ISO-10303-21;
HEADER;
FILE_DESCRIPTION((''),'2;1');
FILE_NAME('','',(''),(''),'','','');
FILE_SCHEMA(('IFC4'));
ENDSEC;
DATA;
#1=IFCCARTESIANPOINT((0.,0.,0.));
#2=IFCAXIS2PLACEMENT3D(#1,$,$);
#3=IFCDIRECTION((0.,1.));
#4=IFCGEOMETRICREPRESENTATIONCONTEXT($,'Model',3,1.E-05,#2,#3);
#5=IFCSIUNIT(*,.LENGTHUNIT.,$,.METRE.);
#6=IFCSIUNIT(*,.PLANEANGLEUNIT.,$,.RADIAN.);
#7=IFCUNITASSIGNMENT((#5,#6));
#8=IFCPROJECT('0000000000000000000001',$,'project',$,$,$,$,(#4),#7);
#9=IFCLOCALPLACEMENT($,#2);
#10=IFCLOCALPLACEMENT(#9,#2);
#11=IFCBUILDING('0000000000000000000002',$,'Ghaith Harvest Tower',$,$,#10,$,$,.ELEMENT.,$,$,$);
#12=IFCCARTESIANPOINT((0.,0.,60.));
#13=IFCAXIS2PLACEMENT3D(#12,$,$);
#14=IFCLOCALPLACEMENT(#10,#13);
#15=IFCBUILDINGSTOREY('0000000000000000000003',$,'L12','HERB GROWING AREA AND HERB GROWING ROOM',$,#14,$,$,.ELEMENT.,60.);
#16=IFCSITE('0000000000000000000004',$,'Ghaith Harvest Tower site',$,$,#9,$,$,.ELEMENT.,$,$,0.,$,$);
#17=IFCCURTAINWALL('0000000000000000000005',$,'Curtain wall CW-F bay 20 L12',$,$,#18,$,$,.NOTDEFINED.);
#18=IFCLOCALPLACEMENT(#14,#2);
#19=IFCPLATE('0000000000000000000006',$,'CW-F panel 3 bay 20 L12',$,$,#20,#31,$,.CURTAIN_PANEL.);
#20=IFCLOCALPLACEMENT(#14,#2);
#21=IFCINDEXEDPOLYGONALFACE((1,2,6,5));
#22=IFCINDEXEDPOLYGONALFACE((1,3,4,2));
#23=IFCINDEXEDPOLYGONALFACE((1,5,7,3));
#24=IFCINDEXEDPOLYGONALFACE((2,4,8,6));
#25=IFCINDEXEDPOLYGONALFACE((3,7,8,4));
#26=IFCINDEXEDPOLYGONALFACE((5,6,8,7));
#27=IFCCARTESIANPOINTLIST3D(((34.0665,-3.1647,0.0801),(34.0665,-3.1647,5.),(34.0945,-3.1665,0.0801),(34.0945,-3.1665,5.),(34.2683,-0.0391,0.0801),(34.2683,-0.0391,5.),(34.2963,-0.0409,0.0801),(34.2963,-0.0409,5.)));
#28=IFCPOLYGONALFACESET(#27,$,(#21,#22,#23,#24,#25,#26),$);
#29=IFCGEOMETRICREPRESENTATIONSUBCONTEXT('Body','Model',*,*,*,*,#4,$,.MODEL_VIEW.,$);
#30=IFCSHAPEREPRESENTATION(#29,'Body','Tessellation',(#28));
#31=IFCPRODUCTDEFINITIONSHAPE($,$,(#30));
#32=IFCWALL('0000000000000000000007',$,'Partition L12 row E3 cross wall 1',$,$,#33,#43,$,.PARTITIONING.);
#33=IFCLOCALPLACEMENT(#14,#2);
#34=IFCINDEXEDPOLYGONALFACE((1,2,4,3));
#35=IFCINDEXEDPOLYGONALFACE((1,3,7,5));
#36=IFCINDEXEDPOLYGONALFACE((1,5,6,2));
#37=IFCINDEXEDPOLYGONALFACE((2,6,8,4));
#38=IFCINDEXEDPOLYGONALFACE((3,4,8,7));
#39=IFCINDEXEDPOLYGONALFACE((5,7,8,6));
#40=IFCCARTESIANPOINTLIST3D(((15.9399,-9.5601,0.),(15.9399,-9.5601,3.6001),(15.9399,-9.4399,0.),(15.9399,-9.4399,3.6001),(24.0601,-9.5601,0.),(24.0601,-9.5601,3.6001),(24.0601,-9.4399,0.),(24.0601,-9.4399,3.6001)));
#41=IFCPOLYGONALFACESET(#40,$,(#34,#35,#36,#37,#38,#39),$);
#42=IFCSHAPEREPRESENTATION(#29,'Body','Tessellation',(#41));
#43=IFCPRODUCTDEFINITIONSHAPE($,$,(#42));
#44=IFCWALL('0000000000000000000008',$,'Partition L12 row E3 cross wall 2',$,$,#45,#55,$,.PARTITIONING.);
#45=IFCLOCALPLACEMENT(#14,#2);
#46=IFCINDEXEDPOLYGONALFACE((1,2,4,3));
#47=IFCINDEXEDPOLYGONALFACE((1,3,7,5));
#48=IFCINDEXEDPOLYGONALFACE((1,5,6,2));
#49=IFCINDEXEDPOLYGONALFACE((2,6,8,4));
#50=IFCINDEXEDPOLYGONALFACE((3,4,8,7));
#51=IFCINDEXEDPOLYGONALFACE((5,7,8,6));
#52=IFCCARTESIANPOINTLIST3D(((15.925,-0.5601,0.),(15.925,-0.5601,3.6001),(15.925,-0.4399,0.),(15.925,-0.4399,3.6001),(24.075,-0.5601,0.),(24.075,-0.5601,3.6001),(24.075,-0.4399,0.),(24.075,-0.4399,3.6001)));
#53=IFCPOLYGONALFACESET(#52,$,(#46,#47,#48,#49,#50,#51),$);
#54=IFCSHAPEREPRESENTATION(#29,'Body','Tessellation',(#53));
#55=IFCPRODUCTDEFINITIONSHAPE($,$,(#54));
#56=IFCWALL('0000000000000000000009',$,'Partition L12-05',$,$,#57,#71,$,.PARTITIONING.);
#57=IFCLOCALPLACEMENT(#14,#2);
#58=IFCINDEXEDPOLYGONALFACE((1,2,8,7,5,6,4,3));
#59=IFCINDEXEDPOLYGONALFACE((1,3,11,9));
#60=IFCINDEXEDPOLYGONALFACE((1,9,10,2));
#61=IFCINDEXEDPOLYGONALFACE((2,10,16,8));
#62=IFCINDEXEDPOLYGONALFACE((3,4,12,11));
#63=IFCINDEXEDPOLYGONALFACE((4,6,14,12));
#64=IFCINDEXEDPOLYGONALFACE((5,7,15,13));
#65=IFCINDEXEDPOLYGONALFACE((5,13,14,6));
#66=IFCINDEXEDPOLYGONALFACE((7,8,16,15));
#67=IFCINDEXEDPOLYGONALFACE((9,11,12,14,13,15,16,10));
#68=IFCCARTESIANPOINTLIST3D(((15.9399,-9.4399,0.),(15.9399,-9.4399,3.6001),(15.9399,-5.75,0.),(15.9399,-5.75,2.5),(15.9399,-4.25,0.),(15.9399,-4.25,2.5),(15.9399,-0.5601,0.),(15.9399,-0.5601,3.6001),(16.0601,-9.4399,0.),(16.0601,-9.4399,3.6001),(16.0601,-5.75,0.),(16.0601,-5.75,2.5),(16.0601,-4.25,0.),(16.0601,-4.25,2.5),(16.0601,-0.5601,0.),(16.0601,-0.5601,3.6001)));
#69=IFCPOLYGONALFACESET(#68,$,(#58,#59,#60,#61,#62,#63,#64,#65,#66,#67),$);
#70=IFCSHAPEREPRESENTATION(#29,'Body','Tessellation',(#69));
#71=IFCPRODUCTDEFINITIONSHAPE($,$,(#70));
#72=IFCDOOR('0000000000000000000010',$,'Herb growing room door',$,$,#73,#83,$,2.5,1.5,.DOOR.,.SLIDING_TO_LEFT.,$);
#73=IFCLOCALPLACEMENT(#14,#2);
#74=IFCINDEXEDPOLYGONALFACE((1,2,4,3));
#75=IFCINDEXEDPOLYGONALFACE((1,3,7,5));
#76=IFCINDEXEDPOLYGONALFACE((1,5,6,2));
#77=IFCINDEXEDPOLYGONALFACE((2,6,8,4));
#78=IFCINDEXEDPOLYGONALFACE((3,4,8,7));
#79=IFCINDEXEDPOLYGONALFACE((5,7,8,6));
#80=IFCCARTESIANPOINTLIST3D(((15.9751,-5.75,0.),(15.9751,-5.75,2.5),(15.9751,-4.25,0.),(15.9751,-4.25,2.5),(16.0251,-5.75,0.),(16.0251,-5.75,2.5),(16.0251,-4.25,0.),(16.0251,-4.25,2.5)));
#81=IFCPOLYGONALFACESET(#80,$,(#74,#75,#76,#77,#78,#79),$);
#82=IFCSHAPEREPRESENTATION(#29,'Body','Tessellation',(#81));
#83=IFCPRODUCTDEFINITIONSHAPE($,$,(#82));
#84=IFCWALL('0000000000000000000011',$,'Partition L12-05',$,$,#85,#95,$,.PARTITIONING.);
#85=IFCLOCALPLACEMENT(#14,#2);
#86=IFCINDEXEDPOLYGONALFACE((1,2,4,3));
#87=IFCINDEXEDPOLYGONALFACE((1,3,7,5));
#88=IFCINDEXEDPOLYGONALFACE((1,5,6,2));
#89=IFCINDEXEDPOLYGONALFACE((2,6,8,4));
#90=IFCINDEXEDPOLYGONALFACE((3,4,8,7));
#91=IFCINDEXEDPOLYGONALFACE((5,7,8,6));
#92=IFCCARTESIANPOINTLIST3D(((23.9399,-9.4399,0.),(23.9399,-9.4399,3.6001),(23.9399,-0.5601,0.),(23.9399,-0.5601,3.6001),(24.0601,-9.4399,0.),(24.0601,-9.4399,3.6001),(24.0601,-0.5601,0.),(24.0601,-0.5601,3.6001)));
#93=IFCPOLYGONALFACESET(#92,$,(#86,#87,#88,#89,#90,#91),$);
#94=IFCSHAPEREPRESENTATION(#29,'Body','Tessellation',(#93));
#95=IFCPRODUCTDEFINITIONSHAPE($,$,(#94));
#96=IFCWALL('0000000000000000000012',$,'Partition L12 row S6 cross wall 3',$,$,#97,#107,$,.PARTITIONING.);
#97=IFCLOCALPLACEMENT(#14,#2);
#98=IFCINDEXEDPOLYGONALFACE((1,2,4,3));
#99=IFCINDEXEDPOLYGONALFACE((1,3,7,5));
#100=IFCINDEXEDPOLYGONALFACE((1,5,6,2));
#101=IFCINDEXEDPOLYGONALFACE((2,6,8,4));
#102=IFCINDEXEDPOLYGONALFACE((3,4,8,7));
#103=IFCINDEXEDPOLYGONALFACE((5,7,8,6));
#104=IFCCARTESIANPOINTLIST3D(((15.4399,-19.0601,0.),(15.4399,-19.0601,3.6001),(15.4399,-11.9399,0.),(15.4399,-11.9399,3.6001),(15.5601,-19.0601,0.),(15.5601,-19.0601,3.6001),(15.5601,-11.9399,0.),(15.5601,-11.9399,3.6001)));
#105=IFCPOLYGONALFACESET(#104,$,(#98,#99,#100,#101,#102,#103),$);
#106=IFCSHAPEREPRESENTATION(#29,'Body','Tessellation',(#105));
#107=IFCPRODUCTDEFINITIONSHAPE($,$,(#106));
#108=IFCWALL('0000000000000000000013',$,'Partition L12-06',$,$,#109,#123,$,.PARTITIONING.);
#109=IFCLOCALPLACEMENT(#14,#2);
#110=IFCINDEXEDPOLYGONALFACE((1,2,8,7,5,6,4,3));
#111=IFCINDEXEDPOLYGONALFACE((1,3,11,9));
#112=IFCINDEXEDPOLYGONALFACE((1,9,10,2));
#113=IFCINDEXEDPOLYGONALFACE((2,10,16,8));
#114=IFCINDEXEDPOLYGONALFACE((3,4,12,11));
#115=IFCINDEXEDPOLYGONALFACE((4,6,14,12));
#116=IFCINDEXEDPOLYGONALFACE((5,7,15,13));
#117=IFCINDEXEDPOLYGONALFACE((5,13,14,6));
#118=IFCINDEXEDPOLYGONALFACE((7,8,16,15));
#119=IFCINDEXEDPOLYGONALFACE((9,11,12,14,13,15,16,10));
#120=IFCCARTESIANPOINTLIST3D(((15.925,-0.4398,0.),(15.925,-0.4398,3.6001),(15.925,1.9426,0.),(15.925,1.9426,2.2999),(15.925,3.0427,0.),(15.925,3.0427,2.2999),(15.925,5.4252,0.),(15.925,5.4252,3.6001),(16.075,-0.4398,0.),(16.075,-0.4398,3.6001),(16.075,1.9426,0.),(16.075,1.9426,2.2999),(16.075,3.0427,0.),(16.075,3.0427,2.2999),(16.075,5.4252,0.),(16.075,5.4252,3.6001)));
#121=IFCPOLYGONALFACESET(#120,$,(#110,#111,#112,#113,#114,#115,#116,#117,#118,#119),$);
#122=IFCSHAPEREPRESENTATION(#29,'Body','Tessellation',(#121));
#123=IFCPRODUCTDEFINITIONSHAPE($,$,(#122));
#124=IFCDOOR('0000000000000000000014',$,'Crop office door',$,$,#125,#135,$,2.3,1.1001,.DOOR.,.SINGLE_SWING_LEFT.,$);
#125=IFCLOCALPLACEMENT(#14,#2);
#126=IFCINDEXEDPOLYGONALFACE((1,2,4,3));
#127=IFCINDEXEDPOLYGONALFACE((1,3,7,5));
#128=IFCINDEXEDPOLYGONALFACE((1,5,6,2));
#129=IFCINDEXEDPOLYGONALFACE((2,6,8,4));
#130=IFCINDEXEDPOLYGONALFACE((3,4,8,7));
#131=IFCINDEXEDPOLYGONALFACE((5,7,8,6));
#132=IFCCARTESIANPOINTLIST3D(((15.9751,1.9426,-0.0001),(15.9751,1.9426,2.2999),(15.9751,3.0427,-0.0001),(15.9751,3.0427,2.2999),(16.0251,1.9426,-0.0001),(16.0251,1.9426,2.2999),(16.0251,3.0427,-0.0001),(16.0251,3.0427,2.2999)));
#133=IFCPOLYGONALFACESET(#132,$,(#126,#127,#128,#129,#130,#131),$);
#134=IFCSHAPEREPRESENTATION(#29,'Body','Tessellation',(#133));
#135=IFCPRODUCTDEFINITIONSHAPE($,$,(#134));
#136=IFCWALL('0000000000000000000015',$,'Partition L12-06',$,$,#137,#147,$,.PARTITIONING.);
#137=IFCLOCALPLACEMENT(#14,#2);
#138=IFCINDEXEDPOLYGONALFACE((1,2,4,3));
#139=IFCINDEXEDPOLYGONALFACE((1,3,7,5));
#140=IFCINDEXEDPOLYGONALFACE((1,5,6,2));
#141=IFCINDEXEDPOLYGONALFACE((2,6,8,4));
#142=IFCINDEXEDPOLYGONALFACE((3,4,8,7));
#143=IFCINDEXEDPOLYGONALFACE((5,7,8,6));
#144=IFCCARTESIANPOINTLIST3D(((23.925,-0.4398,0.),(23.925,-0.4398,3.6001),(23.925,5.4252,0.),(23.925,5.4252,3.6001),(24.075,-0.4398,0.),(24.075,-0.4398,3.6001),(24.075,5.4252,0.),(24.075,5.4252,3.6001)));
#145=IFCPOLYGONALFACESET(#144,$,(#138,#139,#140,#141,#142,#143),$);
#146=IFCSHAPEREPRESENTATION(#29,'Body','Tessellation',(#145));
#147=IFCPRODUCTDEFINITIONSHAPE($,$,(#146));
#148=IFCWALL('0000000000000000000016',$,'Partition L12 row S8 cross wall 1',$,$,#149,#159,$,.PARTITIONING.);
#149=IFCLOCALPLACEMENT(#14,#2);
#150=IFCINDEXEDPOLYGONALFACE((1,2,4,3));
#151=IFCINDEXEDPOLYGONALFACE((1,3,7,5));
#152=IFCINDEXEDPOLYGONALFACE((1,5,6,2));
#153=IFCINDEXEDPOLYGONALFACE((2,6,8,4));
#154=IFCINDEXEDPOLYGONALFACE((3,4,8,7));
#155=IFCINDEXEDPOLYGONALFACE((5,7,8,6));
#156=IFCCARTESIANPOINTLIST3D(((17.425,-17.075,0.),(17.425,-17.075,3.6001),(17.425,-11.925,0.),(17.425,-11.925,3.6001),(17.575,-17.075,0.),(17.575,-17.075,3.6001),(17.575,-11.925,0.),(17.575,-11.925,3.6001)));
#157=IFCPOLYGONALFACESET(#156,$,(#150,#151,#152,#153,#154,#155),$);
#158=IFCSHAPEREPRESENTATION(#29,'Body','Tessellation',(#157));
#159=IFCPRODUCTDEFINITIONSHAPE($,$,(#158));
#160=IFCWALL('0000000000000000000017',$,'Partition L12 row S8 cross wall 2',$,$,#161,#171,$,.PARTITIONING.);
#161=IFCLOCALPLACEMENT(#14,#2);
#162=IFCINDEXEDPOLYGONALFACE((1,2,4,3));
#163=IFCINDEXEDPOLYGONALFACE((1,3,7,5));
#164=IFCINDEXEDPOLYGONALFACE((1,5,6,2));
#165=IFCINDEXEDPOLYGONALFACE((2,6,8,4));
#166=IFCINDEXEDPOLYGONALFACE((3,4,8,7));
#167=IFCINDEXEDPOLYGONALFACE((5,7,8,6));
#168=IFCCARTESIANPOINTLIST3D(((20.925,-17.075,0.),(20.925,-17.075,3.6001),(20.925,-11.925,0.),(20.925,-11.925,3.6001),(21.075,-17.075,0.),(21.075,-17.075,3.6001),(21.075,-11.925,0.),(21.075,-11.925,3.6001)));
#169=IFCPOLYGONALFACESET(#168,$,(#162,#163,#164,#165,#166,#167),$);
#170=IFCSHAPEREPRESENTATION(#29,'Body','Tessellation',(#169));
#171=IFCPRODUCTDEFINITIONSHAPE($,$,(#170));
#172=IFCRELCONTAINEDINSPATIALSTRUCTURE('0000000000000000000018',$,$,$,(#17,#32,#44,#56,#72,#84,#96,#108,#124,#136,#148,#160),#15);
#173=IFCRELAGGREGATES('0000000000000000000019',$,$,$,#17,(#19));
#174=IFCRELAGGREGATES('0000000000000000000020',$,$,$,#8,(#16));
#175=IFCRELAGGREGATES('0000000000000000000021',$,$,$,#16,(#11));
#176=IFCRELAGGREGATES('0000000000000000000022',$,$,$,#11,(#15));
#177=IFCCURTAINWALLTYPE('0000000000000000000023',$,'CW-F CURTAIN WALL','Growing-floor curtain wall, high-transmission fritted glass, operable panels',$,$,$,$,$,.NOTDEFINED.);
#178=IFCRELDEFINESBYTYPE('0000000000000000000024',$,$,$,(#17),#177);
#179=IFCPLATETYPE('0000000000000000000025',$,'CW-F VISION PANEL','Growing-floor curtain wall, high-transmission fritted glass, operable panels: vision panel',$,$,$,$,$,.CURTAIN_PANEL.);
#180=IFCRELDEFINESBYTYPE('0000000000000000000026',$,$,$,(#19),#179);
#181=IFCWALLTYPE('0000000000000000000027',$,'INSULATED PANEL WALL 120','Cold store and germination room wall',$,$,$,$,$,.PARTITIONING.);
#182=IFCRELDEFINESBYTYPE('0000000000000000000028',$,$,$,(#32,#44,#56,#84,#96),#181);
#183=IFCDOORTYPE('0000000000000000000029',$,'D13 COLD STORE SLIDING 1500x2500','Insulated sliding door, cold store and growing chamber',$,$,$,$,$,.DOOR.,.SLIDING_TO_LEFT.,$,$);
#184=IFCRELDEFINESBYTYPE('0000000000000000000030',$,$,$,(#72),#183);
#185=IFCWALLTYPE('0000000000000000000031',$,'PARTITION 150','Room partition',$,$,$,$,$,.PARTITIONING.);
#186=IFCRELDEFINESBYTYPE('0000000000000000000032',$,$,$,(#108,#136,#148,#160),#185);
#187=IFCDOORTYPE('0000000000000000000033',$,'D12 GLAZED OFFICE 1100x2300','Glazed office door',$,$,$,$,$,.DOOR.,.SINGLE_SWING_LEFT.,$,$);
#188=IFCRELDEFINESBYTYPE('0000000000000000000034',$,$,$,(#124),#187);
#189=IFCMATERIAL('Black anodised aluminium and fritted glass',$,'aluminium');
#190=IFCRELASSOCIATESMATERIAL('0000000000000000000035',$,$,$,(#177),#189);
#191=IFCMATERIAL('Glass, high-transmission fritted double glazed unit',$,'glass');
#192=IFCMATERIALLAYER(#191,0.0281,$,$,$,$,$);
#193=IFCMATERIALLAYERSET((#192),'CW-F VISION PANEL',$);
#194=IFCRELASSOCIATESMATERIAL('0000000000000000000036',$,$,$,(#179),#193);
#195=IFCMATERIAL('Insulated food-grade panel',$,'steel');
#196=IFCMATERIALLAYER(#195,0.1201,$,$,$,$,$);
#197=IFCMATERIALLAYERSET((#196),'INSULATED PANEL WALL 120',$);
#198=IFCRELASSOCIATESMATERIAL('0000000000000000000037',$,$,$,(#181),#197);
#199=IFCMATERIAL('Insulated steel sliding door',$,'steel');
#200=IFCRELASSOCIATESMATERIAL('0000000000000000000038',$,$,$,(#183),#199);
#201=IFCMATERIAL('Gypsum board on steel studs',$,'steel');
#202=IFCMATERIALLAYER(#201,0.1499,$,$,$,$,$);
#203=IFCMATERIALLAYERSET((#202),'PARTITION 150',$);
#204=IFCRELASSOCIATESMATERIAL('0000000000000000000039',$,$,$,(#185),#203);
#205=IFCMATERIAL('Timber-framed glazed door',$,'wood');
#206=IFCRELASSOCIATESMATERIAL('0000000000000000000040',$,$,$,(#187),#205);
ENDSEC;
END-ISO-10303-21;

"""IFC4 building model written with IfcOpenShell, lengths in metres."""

from ifc_helpers import new_model, si_unit, direction, frame, frame_2d, origin, origin_2d, place, context, subcontext, project, spatial, rectangle, extrude, material, layer, layer_set, type_object, element, fill, aggregate, save


model = new_model("IFC4")

# Units and contexts
model_context = context("Model", 3, precision=1e-05, world=origin(), true_north=direction((0.0, 1.0)))
body_context = subcontext(model_context, "Body", "Model", "MODEL_VIEW")
ifc_project = project(units=[si_unit("LENGTHUNIT", "METRE"), si_unit("PLANEANGLEUNIT", "RADIAN")], contexts=[model_context])

# Site, building, storey
site_placement = place(None, origin())
site = spatial("IfcSite", under=ifc_project, at=site_placement, Name="Ghaith Harvest Tower site", CompositionType="ELEMENT", RefElevation=0.0)
building_placement = place(site_placement, origin())
building = spatial("IfcBuilding", under=site, at=building_placement, Name="Ghaith Harvest Tower", CompositionType="ELEMENT")
storey_placement = place(building_placement, frame((0.0, 0.0, 60.0)))
storey = spatial("IfcBuildingStorey", under=building, at=storey_placement, Name="L12", Description="HERB GROWING AREA AND HERB GROWING ROOM", CompositionType="ELEMENT", Elevation=60.0)

# Shared definitions
ifc_material_1 = material(Name="Black anodised aluminium and fritted glass", Category="aluminium")
curtain_wall_type = type_object("IfcCurtainWallType", Name="CW-F CURTAIN WALL", Description="Growing-floor curtain wall, high-transmission fritted glass, operable panels", PredefinedType="NOTDEFINED", material=ifc_material_1)

# Curtain wall
curtain_wall_1_placement = place(storey_placement, origin())
curtain_wall_1 = element("IfcCurtainWall", 1, at=curtain_wall_1_placement, inside=storey, type_object=curtain_wall_type, Name="Curtain wall CW-F bay 20 L12", PredefinedType="NOTDEFINED")

# Plate
ifc_material_2 = material(Name="Glass, high-transmission fritted double glazed unit", Category="glass")
ifc_layer_1 = layer(ifc_material_2, 0.0281)
ifc_layer_set_1 = layer_set([ifc_layer_1], Name="CW-F VISION PANEL")
plate_type = type_object("IfcPlateType", Name="CW-F VISION PANEL", Description="Growing-floor curtain wall, high-transmission fritted glass, operable panels: vision panel", PredefinedType="CURTAIN_PANEL", material=ifc_layer_set_1)
plate_1_placement = place(storey_placement, frame((34.1814, -1.6028, 0.0801), z_axis=(0.0, 0.0, 1.0), x_axis=(0.064446, 0.997921, 0.0)))
plate_1 = element("IfcPlate", 2, at=plate_1_placement, type_object=plate_type, Name="CW-F panel 3 bay 20 L12", PredefinedType="CURTAIN_PANEL", context=body_context, shape_type="SweptSolid", body=[
    extrude(rectangle(XDim=3.1321, YDim=0.0281, at=origin_2d()), origin(), (0.0, 0.0, 1.0), 4.9199),
])
aggregate(curtain_wall_1, [plate_1])

# Walls
ifc_material_3 = material(Name="Insulated food-grade panel", Category="steel")
ifc_layer_2 = layer(ifc_material_3, 0.1201)
ifc_layer_set_2 = layer_set([ifc_layer_2], Name="INSULATED PANEL WALL 120")
wall_type_1 = type_object("IfcWallType", Name="INSULATED PANEL WALL 120", Description="Cold store and germination room wall", PredefinedType="PARTITIONING", material=ifc_layer_set_2)
wall_1_placement = place(storey_placement, frame((15.9399, -9.5, 0.0), z_axis=(0.0, 0.0, 1.0), x_axis=(1.0, 0.0, 0.0)))
element("IfcWall", 3, at=wall_1_placement, inside=storey, type_object=wall_type_1, Name="Partition L12 row E3 cross wall 1", PredefinedType="PARTITIONING", context=body_context, shape_type="SweptSolid", body=[
    extrude(rectangle(XDim=8.1201, YDim=0.1201, at=frame_2d((4.0601, 0.0))), origin(), (0.0, 0.0, 1.0), 3.6001),
])
wall_2_placement = place(storey_placement, frame((15.925, -0.5, 0.0), z_axis=(0.0, 0.0, 1.0), x_axis=(1.0, 0.0, 0.0)))
element("IfcWall", 4, at=wall_2_placement, inside=storey, type_object=wall_type_1, Name="Partition L12 row E3 cross wall 2", PredefinedType="PARTITIONING", context=body_context, shape_type="SweptSolid", body=[
    extrude(rectangle(XDim=8.1499, YDim=0.1201, at=frame_2d((4.075, 0.0))), origin(), (0.0, 0.0, 1.0), 3.6001),
])

# Wall, opening, door
wall_3_placement = place(storey_placement, frame((16.0, -9.4399, 0.0), z_axis=(0.0, 0.0, 1.0), x_axis=(0.0, 1.0, 0.0)))
wall_3 = element("IfcWall", 5, at=wall_3_placement, inside=storey, type_object=wall_type_1, Name="Partition L12-05", PredefinedType="PARTITIONING", context=body_context, shape_type="SweptSolid", body=[
    extrude(rectangle(XDim=8.8799, YDim=0.1201, at=frame_2d((4.4399, 0.0))), origin(), (0.0, 0.0, 1.0), 3.6001),
])
opening_1_placement = place(wall_3_placement, frame((3.6899, 0.0, 0.0)))
opening_1 = element("IfcOpeningElement", 6, at=opening_1_placement, cuts=wall_3, PredefinedType="OPENING", context=body_context, shape_type="SweptSolid", body=[
    extrude(rectangle(XDim=1.5, YDim=2.5, at=frame_2d((0.75, 1.25))), frame((0.0, 0.0701, 0.0), z_axis=(0.0, -1.0, 0.0), x_axis=(1.0, 0.0, 0.0)), (0.0, 0.0, 1.0), 0.1401),
])
ifc_material_4 = material(Name="Insulated steel sliding door", Category="steel")
door_type_1 = type_object("IfcDoorType", Name="D13 COLD STORE SLIDING 1500x2500", Description="Insulated sliding door, cold store and growing chamber", OperationType="SLIDING_TO_LEFT", PredefinedType="DOOR", material=ifc_material_4)
door_1_placement = place(opening_1_placement, origin())
door_1 = element("IfcDoor", 7, at=door_1_placement, inside=storey, type_object=door_type_1, Name="Herb growing room door", OperationType="SLIDING_TO_LEFT", OverallHeight=2.5, OverallWidth=1.5, PredefinedType="DOOR", context=body_context, shape_type="SweptSolid", body=[
    extrude(rectangle(XDim=1.5, YDim=2.5, at=frame_2d((0.75, 1.25))), frame((0.0, 0.0249, 0.0), z_axis=(0.0, -1.0, 0.0), x_axis=(1.0, 0.0, 0.0)), (0.0, 0.0, 1.0), 0.05),
])
fill(opening_1, door_1)

# Walls
wall_4_placement = place(storey_placement, frame((24.0, -9.4399, 0.0), z_axis=(0.0, 0.0, 1.0), x_axis=(0.0, 1.0, 0.0)))
element("IfcWall", 8, at=wall_4_placement, inside=storey, type_object=wall_type_1, Name="Partition L12-05", PredefinedType="PARTITIONING", context=body_context, shape_type="SweptSolid", body=[
    extrude(rectangle(XDim=8.8799, YDim=0.1201, at=frame_2d((4.4399, 0.0))), origin(), (0.0, 0.0, 1.0), 3.6001),
])
wall_5_placement = place(storey_placement, frame((15.5, -11.9399, 0.0), z_axis=(0.0, 0.0, 1.0), x_axis=(0.0, -1.0, 0.0)))
element("IfcWall", 9, at=wall_5_placement, inside=storey, type_object=wall_type_1, Name="Partition L12 row S6 cross wall 3", PredefinedType="PARTITIONING", context=body_context, shape_type="SweptSolid", body=[
    extrude(rectangle(XDim=7.1201, YDim=0.1201, at=frame_2d((3.5601, 0.0))), origin(), (0.0, 0.0, 1.0), 3.6001),
])

# Wall, opening, door
ifc_material_5 = material(Name="Gypsum board on steel studs", Category="steel")
ifc_layer_3 = layer(ifc_material_5, 0.1499)
ifc_layer_set_3 = layer_set([ifc_layer_3], Name="PARTITION 150")
wall_type_2 = type_object("IfcWallType", Name="PARTITION 150", Description="Room partition", PredefinedType="PARTITIONING", material=ifc_layer_set_3)
wall_6_placement = place(storey_placement, frame((16.0, -0.4399, 0.0), z_axis=(0.0, 0.0, 1.0), x_axis=(0.0, 1.0, 0.0)))
wall_6 = element("IfcWall", 10, at=wall_6_placement, inside=storey, type_object=wall_type_2, Name="Partition L12-06", PredefinedType="PARTITIONING", context=body_context, shape_type="SweptSolid", body=[
    extrude(rectangle(XDim=5.865, YDim=0.1499, at=frame_2d((2.9326, 0.0))), origin(), (0.0, 0.0, 1.0), 3.6001),
])
opening_2_placement = place(wall_6_placement, frame((2.3826, 0.0, 0.0)))
opening_2 = element("IfcOpeningElement", 11, at=opening_2_placement, cuts=wall_6, PredefinedType="OPENING", context=body_context, shape_type="SweptSolid", body=[
    extrude(rectangle(XDim=1.1001, YDim=2.3, at=frame_2d((0.55, 1.1499))), frame((0.0, 0.085, 0.0), z_axis=(0.0, -1.0, 0.0), x_axis=(1.0, 0.0, 0.0)), (0.0, 0.0, 1.0), 0.1699),
])
ifc_material_6 = material(Name="Timber-framed glazed door", Category="wood")
door_type_2 = type_object("IfcDoorType", Name="D12 GLAZED OFFICE 1100x2300", Description="Glazed office door", OperationType="SINGLE_SWING_LEFT", PredefinedType="DOOR", material=ifc_material_6)
door_2_placement = place(opening_2_placement, origin())
door_2 = element("IfcDoor", 12, at=door_2_placement, inside=storey, type_object=door_type_2, Name="Crop office door", OperationType="SINGLE_SWING_LEFT", OverallHeight=2.3, OverallWidth=1.1001, PredefinedType="DOOR", context=body_context, shape_type="SweptSolid", body=[
    extrude(rectangle(XDim=1.1001, YDim=2.3, at=frame_2d((0.55, 1.1499))), frame((0.0, 0.0249, 0.0), z_axis=(0.0, -1.0, 0.0), x_axis=(1.0, 0.0, 0.0)), (0.0, 0.0, 1.0), 0.05),
])
fill(opening_2, door_2)

# Walls
wall_7_placement = place(storey_placement, frame((24.0, -0.4399, 0.0), z_axis=(0.0, 0.0, 1.0), x_axis=(0.0, 1.0, 0.0)))
element("IfcWall", 13, at=wall_7_placement, inside=storey, type_object=wall_type_2, Name="Partition L12-06", PredefinedType="PARTITIONING", context=body_context, shape_type="SweptSolid", body=[
    extrude(rectangle(XDim=5.865, YDim=0.1499, at=frame_2d((2.9326, 0.0))), origin(), (0.0, 0.0, 1.0), 3.6001),
])
for number, where, z_axis, x_axis, name in (
    (14, (17.5, -11.925, 0.0), (0.0, 0.0, 1.0), (0.0, -1.0, 0.0), "Partition L12 row S8 cross wall 1"),
    (15, (21.0, -11.925, 0.0), (0.0, 0.0, 1.0), (0.0, -1.0, 0.0), "Partition L12 row S8 cross wall 2"),
):
    element("IfcWall", number, at=place(storey_placement, frame(where, z_axis=z_axis, x_axis=x_axis)), inside=storey, type_object=wall_type_2, Name=name, PredefinedType="PARTITIONING", context=body_context, shape_type="SweptSolid", body=[
        extrude(rectangle(XDim=5.1499, YDim=0.1499, at=frame_2d((2.575, 0.0))), origin(), (0.0, 0.0, 1.0), 3.6001),
    ])

save(model, "model.ifc")
